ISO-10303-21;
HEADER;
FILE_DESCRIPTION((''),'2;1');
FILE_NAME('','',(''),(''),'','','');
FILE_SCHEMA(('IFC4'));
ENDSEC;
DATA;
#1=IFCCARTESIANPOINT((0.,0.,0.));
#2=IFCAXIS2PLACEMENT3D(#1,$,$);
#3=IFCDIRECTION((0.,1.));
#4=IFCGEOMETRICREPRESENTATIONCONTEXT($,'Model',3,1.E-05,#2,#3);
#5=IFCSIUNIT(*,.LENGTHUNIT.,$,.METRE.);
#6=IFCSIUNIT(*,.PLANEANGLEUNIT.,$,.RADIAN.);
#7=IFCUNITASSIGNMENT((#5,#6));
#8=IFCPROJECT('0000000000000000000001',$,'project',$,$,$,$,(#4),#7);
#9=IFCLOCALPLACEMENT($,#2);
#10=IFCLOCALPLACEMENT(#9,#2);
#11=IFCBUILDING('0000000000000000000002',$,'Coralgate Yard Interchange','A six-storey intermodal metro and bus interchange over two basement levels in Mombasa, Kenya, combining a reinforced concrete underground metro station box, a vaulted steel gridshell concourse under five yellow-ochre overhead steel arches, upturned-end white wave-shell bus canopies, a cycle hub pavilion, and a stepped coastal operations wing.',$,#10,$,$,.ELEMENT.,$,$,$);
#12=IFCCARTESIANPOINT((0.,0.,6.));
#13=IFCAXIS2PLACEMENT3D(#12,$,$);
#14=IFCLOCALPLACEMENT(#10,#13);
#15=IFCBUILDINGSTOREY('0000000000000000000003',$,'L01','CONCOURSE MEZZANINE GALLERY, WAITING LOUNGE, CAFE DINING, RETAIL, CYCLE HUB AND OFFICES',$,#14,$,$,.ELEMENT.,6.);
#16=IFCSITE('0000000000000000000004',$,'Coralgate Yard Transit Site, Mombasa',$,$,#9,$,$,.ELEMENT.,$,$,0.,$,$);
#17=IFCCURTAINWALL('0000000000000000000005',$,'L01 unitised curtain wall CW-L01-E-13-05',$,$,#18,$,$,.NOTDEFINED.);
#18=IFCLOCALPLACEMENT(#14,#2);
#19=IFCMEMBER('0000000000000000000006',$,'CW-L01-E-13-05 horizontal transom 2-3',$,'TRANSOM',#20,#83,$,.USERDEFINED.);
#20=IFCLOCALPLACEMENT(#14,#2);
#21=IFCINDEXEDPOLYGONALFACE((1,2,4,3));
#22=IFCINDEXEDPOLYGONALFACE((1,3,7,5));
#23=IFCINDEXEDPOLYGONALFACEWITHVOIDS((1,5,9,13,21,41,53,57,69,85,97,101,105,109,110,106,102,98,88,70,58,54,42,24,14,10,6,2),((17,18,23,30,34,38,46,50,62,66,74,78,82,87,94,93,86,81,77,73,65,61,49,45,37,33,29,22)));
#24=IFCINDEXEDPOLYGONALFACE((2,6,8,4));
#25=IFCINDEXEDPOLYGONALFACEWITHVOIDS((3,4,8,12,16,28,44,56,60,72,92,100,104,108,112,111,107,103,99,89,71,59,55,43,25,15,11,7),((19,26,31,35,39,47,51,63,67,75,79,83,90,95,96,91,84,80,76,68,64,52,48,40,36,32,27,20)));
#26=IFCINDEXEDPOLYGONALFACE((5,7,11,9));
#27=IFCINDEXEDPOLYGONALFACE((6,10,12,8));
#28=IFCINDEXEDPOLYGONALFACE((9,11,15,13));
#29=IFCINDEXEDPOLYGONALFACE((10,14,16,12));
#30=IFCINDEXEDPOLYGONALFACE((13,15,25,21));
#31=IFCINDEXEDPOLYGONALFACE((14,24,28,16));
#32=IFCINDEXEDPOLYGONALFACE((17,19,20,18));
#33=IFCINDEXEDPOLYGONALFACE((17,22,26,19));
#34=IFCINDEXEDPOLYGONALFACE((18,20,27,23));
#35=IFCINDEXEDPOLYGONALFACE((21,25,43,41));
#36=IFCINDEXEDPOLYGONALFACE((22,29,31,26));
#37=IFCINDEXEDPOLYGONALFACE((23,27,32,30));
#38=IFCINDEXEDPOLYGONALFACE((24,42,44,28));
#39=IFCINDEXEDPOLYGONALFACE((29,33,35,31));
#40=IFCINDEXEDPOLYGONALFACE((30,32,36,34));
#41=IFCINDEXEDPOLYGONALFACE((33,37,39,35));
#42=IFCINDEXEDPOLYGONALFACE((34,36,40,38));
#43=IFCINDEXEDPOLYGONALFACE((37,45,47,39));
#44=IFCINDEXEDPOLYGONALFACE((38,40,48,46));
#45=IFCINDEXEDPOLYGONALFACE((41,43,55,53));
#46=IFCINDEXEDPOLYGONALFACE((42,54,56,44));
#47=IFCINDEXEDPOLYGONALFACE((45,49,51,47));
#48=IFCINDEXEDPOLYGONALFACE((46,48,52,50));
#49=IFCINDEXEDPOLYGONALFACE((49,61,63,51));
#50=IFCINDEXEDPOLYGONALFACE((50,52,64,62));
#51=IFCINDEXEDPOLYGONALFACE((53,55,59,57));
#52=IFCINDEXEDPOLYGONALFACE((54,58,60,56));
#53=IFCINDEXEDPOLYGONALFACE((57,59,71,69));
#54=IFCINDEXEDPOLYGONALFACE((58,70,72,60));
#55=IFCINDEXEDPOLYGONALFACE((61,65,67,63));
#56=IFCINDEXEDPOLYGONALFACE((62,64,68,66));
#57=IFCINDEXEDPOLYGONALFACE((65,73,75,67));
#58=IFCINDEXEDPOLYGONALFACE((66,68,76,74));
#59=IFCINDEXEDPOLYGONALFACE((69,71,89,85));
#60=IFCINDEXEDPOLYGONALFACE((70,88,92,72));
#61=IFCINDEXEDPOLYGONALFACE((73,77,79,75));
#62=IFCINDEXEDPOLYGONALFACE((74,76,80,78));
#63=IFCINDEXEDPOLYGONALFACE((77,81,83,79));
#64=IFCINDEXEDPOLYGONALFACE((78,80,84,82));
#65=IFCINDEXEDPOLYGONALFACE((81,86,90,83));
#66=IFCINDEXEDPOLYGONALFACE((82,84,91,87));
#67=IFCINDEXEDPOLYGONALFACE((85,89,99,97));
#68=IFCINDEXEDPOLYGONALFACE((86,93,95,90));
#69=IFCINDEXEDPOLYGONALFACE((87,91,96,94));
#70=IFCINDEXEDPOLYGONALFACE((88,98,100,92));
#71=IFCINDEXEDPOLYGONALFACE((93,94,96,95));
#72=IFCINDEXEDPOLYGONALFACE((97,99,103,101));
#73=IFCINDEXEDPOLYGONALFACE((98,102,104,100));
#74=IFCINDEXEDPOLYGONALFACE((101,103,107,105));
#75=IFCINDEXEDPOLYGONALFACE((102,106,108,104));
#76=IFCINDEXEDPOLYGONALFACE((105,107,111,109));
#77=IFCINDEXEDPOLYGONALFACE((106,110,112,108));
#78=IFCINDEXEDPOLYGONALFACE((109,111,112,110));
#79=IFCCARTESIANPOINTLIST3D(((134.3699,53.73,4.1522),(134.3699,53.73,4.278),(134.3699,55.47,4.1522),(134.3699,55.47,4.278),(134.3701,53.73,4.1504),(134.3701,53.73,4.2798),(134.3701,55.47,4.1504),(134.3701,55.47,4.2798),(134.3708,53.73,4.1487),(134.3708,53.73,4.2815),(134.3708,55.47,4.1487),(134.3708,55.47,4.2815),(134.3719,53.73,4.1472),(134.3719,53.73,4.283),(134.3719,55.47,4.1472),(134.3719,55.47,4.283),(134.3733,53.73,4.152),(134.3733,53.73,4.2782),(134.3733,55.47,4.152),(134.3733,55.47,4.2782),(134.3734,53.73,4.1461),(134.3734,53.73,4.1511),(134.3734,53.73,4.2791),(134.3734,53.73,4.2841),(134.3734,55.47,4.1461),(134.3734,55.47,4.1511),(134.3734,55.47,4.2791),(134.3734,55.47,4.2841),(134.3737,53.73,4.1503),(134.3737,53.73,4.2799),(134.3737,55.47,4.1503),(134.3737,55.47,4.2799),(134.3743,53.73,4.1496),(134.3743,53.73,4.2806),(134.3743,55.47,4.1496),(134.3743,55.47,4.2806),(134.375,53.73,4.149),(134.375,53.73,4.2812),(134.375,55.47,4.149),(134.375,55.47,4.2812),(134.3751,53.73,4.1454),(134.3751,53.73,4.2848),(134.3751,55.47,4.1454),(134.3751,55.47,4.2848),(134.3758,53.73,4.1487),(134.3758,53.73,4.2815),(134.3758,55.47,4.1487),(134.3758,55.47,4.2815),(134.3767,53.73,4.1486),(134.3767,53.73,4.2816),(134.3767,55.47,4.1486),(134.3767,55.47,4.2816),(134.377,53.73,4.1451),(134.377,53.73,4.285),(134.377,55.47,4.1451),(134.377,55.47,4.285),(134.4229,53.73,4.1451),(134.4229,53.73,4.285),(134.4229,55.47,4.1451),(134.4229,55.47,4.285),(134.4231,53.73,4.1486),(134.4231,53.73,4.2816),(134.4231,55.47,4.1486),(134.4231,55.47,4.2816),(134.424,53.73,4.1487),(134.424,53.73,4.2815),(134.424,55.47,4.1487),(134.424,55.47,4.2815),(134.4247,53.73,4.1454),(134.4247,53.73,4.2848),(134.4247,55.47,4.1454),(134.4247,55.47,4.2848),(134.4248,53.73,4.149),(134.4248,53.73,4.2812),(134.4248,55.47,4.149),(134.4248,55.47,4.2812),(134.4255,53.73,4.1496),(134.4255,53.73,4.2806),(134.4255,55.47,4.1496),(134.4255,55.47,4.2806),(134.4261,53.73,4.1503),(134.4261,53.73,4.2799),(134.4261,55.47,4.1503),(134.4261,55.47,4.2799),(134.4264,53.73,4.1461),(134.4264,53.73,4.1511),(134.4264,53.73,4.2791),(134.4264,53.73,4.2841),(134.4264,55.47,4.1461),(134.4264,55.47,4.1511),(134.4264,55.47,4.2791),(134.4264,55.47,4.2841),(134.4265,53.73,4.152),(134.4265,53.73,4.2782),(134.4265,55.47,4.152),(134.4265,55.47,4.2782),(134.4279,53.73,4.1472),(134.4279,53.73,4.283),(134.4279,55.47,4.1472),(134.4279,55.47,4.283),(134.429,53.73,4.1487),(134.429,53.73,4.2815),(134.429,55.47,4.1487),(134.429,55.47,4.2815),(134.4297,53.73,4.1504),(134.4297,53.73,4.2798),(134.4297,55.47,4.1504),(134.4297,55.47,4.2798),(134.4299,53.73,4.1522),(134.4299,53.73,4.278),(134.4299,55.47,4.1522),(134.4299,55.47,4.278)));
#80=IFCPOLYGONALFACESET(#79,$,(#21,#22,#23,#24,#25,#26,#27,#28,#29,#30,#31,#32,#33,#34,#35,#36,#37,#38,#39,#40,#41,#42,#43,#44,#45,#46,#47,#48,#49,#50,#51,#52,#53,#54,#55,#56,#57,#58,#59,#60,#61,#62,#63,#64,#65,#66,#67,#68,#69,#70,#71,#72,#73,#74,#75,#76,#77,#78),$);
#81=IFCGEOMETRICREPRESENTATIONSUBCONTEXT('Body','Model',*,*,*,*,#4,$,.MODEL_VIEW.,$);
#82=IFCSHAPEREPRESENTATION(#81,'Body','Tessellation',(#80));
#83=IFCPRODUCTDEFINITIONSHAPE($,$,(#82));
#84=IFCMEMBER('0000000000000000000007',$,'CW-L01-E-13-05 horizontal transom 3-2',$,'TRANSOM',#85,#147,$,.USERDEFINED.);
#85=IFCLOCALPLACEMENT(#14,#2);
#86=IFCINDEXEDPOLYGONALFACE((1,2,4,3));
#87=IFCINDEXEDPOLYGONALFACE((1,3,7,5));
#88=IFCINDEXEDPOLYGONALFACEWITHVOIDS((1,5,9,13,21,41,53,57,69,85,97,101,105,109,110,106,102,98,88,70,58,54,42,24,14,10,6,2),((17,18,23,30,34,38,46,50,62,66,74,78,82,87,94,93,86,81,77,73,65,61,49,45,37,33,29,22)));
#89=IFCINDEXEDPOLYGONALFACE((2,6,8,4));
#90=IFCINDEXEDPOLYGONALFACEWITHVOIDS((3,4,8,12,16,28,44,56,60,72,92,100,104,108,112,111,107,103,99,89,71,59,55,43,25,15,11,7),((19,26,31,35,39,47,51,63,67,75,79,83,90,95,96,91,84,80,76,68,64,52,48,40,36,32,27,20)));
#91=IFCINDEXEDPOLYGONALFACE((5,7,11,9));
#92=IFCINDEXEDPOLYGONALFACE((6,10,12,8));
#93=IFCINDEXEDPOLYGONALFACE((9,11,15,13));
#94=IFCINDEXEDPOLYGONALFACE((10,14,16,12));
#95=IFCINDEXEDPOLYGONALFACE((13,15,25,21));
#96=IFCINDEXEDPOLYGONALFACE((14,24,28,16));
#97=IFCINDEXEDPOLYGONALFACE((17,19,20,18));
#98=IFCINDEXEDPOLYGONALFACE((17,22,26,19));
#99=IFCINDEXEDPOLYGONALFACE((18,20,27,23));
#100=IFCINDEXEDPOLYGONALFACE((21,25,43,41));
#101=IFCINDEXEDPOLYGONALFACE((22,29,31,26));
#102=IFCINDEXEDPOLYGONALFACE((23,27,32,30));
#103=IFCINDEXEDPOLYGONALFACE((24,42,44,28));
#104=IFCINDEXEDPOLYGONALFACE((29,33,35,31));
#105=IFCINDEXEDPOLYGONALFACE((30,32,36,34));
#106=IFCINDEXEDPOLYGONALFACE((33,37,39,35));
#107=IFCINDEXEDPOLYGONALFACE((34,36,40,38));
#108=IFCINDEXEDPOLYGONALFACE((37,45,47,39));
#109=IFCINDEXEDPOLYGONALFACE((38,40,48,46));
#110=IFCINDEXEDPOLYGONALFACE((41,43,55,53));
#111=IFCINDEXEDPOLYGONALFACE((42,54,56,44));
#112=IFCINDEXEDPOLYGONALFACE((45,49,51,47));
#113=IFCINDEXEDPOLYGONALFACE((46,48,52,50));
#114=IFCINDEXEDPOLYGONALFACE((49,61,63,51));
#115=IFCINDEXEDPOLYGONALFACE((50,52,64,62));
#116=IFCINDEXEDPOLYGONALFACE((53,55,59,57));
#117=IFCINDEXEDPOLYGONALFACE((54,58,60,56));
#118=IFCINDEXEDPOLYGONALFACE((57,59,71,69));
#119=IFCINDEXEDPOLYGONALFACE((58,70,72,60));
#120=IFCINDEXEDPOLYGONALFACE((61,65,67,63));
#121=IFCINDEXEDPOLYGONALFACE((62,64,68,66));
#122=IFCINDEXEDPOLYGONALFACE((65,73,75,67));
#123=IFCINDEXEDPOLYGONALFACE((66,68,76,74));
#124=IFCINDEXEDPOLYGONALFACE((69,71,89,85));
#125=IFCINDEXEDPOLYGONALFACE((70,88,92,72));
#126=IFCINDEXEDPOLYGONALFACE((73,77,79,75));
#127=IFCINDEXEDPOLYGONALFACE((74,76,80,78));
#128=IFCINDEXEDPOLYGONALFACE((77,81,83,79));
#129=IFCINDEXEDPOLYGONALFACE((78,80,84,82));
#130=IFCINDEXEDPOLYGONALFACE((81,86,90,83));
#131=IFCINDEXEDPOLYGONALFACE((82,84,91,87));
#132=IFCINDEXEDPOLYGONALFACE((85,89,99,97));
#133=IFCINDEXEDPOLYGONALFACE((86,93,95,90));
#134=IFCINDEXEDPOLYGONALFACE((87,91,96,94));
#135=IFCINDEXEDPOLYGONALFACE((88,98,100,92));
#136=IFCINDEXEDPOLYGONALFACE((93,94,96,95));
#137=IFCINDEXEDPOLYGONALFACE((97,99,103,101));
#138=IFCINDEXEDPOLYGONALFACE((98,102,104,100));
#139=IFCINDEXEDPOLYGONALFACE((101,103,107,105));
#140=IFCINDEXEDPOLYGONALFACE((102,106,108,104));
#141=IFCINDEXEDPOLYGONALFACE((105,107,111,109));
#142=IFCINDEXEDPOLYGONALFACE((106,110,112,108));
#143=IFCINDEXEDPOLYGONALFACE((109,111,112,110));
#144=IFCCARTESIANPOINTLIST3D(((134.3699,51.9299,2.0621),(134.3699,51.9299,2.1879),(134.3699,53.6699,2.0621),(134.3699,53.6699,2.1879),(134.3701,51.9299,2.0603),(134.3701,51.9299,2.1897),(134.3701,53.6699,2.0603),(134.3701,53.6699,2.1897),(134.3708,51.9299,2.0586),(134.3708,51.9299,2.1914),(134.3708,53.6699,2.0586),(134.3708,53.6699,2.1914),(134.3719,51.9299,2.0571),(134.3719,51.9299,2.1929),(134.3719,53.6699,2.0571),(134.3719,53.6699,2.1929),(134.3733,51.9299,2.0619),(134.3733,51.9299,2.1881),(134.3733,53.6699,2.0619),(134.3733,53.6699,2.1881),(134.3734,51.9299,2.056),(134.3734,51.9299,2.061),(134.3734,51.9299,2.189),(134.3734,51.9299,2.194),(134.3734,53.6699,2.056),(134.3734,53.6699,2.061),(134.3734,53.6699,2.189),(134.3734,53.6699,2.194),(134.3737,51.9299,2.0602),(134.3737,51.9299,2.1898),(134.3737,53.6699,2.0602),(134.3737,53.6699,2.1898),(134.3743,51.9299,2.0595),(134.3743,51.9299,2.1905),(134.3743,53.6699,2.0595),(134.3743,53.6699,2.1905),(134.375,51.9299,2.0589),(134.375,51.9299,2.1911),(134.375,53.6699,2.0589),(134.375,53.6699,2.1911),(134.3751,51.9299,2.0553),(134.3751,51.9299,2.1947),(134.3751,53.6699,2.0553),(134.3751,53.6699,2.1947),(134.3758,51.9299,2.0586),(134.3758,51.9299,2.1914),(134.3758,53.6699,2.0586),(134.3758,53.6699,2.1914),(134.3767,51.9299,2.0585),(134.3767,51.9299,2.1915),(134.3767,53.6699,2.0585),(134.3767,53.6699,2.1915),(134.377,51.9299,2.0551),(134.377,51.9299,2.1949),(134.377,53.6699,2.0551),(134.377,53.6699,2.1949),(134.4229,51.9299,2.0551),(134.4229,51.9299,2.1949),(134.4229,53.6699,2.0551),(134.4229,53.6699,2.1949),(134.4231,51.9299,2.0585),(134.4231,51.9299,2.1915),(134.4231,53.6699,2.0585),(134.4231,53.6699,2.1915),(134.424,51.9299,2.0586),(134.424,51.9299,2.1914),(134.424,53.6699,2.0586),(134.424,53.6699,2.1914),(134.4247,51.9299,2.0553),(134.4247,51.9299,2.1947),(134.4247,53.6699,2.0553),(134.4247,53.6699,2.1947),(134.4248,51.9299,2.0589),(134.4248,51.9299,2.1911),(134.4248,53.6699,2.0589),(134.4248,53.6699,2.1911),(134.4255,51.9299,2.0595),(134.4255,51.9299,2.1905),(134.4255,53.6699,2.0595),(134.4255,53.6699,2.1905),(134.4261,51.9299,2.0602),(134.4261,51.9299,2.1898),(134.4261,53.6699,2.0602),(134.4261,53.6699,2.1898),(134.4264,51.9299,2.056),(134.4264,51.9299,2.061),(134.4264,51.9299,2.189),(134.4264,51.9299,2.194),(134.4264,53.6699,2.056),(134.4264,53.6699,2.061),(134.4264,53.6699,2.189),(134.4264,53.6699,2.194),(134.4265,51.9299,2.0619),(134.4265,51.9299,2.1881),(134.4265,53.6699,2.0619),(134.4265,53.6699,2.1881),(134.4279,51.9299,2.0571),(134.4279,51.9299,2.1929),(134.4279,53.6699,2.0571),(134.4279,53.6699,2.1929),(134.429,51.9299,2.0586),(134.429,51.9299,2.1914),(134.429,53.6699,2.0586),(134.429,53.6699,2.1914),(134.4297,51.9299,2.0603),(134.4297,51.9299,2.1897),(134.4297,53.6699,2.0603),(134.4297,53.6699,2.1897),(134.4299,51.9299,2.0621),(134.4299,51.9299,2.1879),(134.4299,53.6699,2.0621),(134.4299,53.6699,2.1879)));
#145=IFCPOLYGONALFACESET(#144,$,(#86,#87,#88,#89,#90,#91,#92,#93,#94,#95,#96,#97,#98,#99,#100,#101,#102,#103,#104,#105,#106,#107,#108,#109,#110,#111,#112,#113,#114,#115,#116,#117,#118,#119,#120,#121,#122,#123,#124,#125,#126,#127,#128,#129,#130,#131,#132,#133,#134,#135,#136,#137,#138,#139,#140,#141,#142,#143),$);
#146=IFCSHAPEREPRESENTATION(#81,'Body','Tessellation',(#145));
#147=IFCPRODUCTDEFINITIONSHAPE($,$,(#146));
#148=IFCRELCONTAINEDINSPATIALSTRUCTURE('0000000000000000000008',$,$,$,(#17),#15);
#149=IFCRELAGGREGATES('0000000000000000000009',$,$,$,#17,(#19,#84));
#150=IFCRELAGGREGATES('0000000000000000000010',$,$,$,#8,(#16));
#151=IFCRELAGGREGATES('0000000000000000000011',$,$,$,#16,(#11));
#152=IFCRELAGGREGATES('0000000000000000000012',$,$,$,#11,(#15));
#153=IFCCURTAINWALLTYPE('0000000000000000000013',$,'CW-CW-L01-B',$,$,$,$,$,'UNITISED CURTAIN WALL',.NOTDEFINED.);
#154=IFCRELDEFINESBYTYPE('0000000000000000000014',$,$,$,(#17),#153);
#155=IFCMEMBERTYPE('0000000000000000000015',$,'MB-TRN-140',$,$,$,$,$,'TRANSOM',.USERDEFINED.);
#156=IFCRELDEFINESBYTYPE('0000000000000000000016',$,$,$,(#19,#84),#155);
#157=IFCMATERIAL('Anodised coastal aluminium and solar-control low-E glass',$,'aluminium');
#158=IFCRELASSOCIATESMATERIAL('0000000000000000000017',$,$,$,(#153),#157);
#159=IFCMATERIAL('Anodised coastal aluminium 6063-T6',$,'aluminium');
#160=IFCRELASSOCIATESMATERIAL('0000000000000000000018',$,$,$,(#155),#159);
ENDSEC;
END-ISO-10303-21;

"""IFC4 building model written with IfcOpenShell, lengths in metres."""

from ifc_helpers import new_model, si_unit, direction, frame, origin, origin_2d, place, context, subcontext, project, spatial, hollow_rectangle, extrude, material, material_profile, profile_set, type_object, element, aggregate, save


model = new_model("IFC4")

# Units and contexts
model_context = context("Model", 3, precision=1e-05, world=origin(), true_north=direction((0.0, 1.0)))
body_context = subcontext(model_context, "Body", "Model", "MODEL_VIEW")
ifc_project = project(units=[si_unit("LENGTHUNIT", "METRE"), si_unit("PLANEANGLEUNIT", "RADIAN")], contexts=[model_context])

# Site, building, storey
site_placement = place(None, origin())
site = spatial("IfcSite", under=ifc_project, at=site_placement, Name="Coralgate Yard Transit Site, Mombasa", CompositionType="ELEMENT", RefElevation=0.0)
building_placement = place(site_placement, origin())
building = spatial("IfcBuilding", under=site, at=building_placement, Name="Coralgate Yard Interchange", Description="A six-storey intermodal metro and bus interchange over two basement levels in Mombasa, Kenya, combining a reinforced concrete underground metro station box, a vaulted steel gridshell concourse under five yellow-ochre overhead steel arches, upturned-end white wave-shell bus canopies, a cycle hub pavilion, and a stepped coastal operations wing.", CompositionType="ELEMENT")
storey_placement = place(building_placement, frame((0.0, 0.0, 6.0)))
storey = spatial("IfcBuildingStorey", under=building, at=storey_placement, Name="L01", Description="CONCOURSE MEZZANINE GALLERY, WAITING LOUNGE, CAFE DINING, RETAIL, CYCLE HUB AND OFFICES", CompositionType="ELEMENT", Elevation=6.0)

# Curtain wall
ifc_material_1 = material(Name="Anodised coastal aluminium and solar-control low-E glass", Category="aluminium")
curtain_wall_type = type_object("IfcCurtainWallType", Name="CW-CW-L01-B", ElementType="UNITISED CURTAIN WALL", PredefinedType="NOTDEFINED", material=ifc_material_1)
curtain_wall_1_placement = place(storey_placement, origin())
curtain_wall_1 = element("IfcCurtainWall", 1, at=curtain_wall_1_placement, inside=storey, type_object=curtain_wall_type, Name="L01 unitised curtain wall CW-L01-E-13-05", PredefinedType="NOTDEFINED")
ifc_material_2 = material(Name="Anodised coastal aluminium 6063-T6", Category="aluminium")

# Members
ifc_material_profile_1 = material_profile(ifc_material_2, hollow_rectangle(XDim=0.0601, YDim=0.1399, WallThickness=0.0034, InnerFilletRadius=0.0034, OuterFilletRadius=0.0071, at=origin_2d()), Name="ALU 60x140x3.5")
ifc_profile_set_1 = profile_set([ifc_material_profile_1], Name="Anodised coastal aluminium 6063-T6")
member_type_1 = type_object("IfcMemberType", Name="MB-TRN-140", ElementType="TRANSOM", PredefinedType="USERDEFINED", material=ifc_profile_set_1)
member_1_placement = place(storey_placement, frame((134.3999, 55.47, 4.2151), z_axis=(0.0, -1.0, 0.0), x_axis=(1.0, 0.0, 0.0)))
member_1 = element("IfcMember", 2, at=member_1_placement, type_object=member_type_1, Name="CW-L01-E-13-05 horizontal transom 2-3", ObjectType="TRANSOM", PredefinedType="USERDEFINED", context=body_context, shape_type="SweptSolid", body=[
    extrude(hollow_rectangle(XDim=0.0601, YDim=0.1399, WallThickness=0.0034, InnerFilletRadius=0.0034, OuterFilletRadius=0.0071, at=origin_2d()), origin(), (0.0, 0.0, 1.0), 1.74),
])
member_2_placement = place(storey_placement, frame((134.3999, 53.6699, 2.125), z_axis=(0.0, -1.0, 0.0), x_axis=(1.0, 0.0, 0.0)))
member_2 = element("IfcMember", 3, at=member_2_placement, type_object=member_type_1, Name="CW-L01-E-13-05 horizontal transom 3-2", ObjectType="TRANSOM", PredefinedType="USERDEFINED", context=body_context, shape_type="SweptSolid", body=[
    extrude(hollow_rectangle(XDim=0.0601, YDim=0.1399, WallThickness=0.0034, InnerFilletRadius=0.0034, OuterFilletRadius=0.0071, at=origin_2d()), origin(), (0.0, 0.0, 1.0), 1.74),
])

aggregate(curtain_wall_1, [member_1, member_2])

save(model, "model.ifc")
